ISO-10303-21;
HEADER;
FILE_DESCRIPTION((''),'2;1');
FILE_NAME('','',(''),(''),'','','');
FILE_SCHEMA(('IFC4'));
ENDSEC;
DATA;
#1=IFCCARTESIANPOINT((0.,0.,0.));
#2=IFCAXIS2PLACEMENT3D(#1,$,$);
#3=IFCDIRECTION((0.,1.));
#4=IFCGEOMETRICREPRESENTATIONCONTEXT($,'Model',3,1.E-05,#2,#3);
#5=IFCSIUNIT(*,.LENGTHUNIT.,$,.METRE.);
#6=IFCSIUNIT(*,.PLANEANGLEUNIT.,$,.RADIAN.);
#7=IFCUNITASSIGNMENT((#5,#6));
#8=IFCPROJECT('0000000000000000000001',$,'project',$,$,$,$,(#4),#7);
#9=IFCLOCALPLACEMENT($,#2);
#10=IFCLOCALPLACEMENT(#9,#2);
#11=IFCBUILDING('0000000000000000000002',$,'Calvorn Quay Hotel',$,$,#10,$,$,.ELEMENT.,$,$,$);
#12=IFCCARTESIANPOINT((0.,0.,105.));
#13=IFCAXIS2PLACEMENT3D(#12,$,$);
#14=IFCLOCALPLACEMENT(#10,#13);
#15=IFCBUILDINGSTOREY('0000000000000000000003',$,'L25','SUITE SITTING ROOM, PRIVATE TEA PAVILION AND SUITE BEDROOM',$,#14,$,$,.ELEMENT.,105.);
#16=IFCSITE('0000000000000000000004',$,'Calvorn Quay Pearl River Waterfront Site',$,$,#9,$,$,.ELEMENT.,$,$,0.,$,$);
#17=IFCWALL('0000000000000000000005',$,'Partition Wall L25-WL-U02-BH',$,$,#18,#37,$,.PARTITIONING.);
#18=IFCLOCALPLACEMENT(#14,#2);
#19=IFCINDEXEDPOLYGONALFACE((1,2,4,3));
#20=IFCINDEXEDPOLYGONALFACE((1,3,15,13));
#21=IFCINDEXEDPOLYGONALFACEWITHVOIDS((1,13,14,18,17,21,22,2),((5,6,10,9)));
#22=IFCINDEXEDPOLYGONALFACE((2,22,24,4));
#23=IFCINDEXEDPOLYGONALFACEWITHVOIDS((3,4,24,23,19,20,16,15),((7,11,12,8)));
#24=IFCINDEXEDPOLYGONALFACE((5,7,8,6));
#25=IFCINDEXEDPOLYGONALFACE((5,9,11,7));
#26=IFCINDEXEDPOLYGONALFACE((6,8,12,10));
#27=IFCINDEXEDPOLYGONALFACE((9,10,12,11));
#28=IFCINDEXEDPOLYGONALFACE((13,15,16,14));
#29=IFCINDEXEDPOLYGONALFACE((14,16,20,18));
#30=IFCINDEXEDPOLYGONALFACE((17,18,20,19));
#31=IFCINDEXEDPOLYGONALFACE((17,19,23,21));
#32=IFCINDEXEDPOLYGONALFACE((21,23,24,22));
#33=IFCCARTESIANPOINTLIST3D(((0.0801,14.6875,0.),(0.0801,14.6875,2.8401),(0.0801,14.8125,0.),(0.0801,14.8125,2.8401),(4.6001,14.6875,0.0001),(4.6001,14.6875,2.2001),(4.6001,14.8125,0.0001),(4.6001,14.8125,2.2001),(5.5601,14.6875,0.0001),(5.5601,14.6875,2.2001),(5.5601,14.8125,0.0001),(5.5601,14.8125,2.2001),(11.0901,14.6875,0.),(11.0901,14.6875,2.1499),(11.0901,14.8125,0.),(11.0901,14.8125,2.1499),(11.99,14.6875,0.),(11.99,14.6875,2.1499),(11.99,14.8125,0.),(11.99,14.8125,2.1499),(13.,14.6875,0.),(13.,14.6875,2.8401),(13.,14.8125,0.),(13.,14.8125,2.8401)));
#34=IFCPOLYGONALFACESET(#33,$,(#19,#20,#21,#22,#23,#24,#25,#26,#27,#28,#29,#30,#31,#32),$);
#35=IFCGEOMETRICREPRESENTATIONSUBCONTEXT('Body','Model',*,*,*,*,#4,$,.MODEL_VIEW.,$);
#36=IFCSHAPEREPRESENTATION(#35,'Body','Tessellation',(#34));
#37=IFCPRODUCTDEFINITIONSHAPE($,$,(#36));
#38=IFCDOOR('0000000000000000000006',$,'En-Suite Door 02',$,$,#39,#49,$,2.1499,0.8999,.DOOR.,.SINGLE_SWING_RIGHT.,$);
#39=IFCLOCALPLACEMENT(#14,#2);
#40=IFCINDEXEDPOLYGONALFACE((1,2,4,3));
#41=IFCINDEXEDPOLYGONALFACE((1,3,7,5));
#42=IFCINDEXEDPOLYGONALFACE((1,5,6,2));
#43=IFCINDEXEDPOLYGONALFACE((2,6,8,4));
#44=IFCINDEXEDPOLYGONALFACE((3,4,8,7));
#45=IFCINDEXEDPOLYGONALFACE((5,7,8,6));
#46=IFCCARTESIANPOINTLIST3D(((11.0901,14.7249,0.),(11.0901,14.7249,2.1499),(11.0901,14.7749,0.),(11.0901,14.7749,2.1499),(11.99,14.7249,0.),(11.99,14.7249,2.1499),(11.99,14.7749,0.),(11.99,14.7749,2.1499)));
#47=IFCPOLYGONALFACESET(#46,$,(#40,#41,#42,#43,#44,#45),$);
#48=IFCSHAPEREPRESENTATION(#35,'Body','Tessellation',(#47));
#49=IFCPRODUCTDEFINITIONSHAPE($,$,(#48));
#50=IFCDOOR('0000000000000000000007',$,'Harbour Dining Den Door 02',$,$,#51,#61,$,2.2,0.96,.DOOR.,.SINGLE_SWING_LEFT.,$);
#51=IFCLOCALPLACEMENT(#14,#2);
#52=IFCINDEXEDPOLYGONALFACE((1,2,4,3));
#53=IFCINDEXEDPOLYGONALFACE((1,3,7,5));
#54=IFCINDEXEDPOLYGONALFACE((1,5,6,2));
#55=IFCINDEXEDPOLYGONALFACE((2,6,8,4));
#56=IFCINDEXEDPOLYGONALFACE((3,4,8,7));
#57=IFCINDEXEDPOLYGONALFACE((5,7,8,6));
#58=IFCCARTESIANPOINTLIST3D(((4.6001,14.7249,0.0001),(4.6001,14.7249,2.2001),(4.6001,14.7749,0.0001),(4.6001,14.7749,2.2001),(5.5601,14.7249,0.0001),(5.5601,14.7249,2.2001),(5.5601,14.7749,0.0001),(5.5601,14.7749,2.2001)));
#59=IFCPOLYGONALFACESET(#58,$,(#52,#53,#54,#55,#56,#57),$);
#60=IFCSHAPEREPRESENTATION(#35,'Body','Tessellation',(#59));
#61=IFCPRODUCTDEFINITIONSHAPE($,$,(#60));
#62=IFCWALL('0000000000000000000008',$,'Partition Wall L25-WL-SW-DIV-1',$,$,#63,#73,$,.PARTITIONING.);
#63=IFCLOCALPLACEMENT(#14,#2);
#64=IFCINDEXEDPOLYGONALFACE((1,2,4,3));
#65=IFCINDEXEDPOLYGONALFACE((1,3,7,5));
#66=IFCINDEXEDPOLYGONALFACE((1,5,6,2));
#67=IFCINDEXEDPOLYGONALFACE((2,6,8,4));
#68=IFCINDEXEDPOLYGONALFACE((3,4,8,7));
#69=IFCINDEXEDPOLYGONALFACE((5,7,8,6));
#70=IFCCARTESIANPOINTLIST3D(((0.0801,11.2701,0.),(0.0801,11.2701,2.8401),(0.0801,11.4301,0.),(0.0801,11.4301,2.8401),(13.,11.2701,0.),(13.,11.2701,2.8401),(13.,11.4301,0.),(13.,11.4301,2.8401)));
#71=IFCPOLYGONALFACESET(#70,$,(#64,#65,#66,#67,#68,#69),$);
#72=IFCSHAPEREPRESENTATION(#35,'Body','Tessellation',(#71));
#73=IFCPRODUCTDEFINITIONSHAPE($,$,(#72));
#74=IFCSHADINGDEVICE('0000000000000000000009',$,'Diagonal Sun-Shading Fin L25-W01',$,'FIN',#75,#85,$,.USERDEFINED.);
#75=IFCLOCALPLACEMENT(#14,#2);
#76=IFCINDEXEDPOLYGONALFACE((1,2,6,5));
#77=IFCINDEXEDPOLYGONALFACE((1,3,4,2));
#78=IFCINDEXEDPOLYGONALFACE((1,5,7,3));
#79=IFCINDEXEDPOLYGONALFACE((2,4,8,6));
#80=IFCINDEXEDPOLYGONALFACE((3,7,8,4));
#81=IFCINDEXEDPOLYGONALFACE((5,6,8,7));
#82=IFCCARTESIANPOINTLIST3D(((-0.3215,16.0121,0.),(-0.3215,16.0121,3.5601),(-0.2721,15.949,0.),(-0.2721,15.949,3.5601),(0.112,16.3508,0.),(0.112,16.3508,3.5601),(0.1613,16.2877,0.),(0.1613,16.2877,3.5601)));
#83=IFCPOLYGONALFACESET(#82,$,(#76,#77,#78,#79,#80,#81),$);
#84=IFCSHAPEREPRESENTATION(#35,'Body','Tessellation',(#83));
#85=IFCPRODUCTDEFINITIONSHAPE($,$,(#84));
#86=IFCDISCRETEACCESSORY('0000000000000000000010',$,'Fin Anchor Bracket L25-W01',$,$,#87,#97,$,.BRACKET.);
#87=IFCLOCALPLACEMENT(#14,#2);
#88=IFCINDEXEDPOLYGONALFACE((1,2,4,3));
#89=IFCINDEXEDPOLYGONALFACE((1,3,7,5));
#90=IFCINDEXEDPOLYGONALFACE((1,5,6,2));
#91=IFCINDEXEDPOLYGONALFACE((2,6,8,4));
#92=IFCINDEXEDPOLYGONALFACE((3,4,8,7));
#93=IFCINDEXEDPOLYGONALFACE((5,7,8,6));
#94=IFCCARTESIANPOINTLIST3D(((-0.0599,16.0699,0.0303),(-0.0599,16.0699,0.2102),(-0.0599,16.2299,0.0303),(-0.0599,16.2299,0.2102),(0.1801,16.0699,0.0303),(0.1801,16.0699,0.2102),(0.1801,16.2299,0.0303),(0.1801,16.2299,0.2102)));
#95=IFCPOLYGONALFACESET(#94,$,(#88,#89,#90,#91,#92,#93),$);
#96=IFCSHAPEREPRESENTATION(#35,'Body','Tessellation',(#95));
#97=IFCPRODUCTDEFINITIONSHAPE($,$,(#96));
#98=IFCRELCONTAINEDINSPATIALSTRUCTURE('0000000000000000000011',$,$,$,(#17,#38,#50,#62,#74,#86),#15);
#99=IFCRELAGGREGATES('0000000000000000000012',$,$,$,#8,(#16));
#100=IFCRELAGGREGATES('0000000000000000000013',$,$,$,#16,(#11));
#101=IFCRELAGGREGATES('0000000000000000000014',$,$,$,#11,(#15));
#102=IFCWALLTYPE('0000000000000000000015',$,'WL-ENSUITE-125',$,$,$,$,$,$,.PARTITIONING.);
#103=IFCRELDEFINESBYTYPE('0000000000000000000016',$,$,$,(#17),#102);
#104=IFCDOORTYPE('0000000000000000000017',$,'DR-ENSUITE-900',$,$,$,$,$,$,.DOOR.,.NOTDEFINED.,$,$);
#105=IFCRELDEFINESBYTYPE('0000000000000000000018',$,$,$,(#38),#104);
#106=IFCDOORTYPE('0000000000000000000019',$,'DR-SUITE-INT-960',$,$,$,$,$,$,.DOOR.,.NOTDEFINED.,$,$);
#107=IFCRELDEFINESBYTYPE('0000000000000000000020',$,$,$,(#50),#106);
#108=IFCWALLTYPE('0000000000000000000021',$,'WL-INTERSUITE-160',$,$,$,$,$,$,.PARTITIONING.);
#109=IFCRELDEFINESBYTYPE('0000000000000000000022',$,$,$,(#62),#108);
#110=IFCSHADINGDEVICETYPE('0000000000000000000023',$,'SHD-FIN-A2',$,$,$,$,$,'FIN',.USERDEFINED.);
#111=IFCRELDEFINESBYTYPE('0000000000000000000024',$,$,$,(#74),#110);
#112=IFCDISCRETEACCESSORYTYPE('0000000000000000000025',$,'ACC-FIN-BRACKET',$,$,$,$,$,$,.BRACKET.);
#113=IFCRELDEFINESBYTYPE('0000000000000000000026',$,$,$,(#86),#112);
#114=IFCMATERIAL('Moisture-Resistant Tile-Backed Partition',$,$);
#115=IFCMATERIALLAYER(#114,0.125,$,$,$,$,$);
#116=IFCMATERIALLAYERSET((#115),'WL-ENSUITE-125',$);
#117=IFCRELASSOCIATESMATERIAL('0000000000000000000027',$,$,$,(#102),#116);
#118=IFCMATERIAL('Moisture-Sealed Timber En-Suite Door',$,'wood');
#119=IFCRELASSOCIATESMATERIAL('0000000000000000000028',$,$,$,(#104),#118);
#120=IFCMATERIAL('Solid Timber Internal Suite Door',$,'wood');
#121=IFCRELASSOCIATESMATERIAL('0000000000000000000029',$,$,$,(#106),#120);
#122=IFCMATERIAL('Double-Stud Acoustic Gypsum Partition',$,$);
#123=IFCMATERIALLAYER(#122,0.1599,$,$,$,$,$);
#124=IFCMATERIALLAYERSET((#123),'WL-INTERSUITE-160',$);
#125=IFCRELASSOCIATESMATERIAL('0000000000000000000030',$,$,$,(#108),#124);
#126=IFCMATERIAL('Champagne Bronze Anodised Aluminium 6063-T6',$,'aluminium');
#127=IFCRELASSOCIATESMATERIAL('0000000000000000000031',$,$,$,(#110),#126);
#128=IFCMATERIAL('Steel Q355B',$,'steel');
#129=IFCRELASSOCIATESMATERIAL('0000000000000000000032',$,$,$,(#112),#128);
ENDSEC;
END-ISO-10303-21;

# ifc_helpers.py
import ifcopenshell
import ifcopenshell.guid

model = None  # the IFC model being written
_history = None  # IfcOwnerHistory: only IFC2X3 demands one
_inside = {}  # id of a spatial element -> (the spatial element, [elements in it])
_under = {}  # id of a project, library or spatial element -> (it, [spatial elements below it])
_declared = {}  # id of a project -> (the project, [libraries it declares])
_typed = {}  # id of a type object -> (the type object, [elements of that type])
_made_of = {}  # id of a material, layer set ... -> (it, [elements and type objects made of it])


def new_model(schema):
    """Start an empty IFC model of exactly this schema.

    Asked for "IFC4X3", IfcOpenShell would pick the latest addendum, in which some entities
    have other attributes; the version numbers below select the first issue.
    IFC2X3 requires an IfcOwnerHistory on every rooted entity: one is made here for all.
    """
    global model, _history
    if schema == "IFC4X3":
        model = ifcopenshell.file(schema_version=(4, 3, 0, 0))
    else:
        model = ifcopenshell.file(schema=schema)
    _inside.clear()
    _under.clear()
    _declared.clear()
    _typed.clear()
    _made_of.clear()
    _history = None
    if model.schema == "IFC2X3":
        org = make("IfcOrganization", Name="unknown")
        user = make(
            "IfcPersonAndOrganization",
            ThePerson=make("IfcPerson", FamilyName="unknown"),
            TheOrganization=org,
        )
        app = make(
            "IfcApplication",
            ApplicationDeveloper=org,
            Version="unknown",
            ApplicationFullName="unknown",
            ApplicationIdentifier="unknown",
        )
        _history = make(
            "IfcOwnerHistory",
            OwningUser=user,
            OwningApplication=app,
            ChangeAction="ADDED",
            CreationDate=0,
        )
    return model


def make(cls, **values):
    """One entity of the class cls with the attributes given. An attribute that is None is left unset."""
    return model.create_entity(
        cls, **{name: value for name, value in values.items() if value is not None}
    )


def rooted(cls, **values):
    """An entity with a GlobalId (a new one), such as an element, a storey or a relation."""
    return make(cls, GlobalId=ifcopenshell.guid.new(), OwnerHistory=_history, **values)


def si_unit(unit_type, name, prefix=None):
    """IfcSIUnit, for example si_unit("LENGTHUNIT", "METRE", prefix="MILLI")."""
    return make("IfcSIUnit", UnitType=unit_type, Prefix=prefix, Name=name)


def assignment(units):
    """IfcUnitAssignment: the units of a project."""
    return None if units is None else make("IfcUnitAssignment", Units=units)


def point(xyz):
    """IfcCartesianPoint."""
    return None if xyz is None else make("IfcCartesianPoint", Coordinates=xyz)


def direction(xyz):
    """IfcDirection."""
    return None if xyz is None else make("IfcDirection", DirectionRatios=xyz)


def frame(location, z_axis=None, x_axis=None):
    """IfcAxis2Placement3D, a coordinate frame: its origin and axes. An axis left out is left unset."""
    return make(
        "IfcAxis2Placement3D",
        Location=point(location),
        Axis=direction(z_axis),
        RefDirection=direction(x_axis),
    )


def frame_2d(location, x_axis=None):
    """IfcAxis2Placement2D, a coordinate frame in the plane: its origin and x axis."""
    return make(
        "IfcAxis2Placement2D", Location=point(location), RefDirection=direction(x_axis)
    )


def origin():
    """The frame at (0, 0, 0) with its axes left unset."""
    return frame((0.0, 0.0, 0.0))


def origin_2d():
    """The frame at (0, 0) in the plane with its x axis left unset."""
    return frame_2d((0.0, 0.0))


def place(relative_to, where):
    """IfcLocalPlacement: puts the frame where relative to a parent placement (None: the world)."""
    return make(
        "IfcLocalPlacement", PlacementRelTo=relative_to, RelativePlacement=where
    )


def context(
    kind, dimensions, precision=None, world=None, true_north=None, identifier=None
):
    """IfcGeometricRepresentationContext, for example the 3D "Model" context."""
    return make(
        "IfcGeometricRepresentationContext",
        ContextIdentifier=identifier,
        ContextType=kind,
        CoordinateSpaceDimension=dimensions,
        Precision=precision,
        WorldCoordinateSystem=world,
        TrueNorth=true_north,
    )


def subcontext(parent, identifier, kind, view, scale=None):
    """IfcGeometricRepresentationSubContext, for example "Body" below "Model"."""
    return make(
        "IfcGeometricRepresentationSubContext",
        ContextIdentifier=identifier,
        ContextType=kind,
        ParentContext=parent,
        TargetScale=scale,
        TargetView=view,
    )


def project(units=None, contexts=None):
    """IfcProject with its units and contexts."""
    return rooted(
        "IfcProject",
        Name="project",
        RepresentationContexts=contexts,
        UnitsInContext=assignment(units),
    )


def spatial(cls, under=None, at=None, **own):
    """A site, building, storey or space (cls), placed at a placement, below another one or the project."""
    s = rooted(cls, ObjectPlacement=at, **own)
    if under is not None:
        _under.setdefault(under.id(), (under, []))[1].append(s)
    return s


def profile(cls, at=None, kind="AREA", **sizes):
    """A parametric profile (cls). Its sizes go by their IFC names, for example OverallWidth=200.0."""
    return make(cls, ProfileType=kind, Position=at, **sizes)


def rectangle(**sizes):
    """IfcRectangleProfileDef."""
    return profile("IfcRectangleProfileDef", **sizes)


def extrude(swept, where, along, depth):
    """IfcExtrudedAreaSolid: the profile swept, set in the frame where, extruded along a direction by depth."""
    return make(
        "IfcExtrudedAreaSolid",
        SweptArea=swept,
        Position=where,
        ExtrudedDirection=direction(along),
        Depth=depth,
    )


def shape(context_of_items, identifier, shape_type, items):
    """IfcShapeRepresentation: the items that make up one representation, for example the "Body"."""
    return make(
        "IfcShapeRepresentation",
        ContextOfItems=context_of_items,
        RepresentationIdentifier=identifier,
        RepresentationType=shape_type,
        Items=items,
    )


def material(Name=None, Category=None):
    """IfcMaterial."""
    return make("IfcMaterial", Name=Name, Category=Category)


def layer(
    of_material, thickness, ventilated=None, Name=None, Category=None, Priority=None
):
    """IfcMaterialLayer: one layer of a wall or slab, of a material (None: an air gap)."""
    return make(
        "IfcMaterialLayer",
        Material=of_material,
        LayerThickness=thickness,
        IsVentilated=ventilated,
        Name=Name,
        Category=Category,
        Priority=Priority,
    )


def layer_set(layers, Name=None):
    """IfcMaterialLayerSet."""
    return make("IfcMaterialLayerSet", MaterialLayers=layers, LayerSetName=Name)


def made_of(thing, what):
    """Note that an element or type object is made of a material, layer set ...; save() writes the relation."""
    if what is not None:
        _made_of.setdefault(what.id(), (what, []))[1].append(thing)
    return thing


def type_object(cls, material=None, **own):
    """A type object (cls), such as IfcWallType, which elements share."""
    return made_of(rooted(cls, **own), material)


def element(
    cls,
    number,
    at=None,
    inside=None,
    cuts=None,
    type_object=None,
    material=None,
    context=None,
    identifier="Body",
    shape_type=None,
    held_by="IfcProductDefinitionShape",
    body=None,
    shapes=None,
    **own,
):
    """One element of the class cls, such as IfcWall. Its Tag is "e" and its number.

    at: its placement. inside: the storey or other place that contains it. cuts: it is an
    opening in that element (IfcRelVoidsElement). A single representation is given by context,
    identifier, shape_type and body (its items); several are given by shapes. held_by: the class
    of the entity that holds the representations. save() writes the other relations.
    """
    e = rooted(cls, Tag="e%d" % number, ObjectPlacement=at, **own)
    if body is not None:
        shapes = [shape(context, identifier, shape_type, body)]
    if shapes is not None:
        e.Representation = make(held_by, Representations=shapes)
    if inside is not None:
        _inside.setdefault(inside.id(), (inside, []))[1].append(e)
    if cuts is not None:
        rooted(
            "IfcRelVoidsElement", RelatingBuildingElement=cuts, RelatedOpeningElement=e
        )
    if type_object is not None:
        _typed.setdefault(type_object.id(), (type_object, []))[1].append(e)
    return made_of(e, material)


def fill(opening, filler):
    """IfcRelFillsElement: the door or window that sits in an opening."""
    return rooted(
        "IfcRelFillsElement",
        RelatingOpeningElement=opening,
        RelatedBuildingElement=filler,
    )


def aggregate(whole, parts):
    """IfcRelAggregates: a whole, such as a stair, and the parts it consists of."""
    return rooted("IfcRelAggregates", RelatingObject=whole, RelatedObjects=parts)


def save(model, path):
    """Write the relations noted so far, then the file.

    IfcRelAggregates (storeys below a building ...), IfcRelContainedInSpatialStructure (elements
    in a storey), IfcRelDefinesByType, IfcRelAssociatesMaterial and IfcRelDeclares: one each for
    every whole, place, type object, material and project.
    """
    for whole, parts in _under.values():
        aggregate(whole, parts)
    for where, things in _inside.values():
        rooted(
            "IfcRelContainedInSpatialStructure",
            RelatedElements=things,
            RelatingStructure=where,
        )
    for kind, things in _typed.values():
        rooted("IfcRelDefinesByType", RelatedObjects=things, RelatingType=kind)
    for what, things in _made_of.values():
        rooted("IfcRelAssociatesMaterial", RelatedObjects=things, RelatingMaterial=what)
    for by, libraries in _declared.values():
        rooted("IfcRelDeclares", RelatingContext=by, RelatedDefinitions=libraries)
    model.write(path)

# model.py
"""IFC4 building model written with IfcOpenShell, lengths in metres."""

from ifc_helpers import new_model, si_unit, direction, frame, frame_2d, origin, origin_2d, place, context, subcontext, project, spatial, rectangle, extrude, material, layer, layer_set, type_object, element, fill, save


model = new_model("IFC4")

# Units and contexts
model_context = context("Model", 3, precision=1e-05, world=origin(), true_north=direction((0.0, 1.0)))
body_context = subcontext(model_context, "Body", "Model", "MODEL_VIEW")
ifc_project = project(units=[si_unit("LENGTHUNIT", "METRE"), si_unit("PLANEANGLEUNIT", "RADIAN")], contexts=[model_context])

# Site, building, storey
site_placement = place(None, origin())
site = spatial("IfcSite", under=ifc_project, at=site_placement, Name="Calvorn Quay Pearl River Waterfront Site", CompositionType="ELEMENT", RefElevation=0.0)
building_placement = place(site_placement, origin())
building = spatial("IfcBuilding", under=site, at=building_placement, Name="Calvorn Quay Hotel", CompositionType="ELEMENT")
storey_placement = place(building_placement, frame((0.0, 0.0, 105.0)))
storey = spatial("IfcBuildingStorey", under=building, at=storey_placement, Name="L25", Description="SUITE SITTING ROOM, PRIVATE TEA PAVILION AND SUITE BEDROOM", CompositionType="ELEMENT", Elevation=105.0)

# Wall, openings, doors
ifc_material_1 = material(Name="Moisture-Resistant Tile-Backed Partition")
ifc_layer_1 = layer(ifc_material_1, 0.125)
ifc_layer_set_1 = layer_set([ifc_layer_1], Name="WL-ENSUITE-125")
wall_type_1 = type_object("IfcWallType", Name="WL-ENSUITE-125", PredefinedType="PARTITIONING", material=ifc_layer_set_1)
wall_1_placement = place(storey_placement, frame((0.0801, 14.75, 0.0), z_axis=(0.0, 0.0, 1.0), x_axis=(1.0, 0.0, 0.0)))
wall_1 = element("IfcWall", 1, at=wall_1_placement, inside=storey, type_object=wall_type_1, Name="Partition Wall L25-WL-U02-BH", PredefinedType="PARTITIONING", context=body_context, shape_type="SweptSolid", body=[
    extrude(rectangle(XDim=12.9199, YDim=0.125, at=frame_2d((6.46, 0.0))), origin(), (0.0, 0.0, 1.0), 2.8401),
])
opening_1_placement = place(wall_1_placement, frame((4.52, 0.0, 0.0)))
opening_1 = element("IfcOpeningElement", 2, at=opening_1_placement, cuts=wall_1, PredefinedType="OPENING", context=body_context, shape_type="SweptSolid", body=[
    extrude(rectangle(XDim=0.96, YDim=2.2, at=frame_2d((0.48, 1.1001))), frame((0.0, 0.0725, 0.0), z_axis=(0.0, -1.0, 0.0), x_axis=(1.0, 0.0, 0.0)), (0.0, 0.0, 1.0), 0.145),
])
opening_2_placement = place(wall_1_placement, frame((11.01, 0.0, 0.0)))
opening_2 = element("IfcOpeningElement", 3, at=opening_2_placement, cuts=wall_1, PredefinedType="OPENING", context=body_context, shape_type="SweptSolid", body=[
    extrude(rectangle(XDim=0.8999, YDim=2.1499, at=frame_2d((0.45, 1.075))), frame((0.0, 0.0725, 0.0), z_axis=(0.0, -1.0, 0.0), x_axis=(1.0, 0.0, 0.0)), (0.0, 0.0, 1.0), 0.145),
])
ifc_material_2 = material(Name="Moisture-Sealed Timber En-Suite Door", Category="wood")
door_type_1 = type_object("IfcDoorType", Name="DR-ENSUITE-900", OperationType="NOTDEFINED", PredefinedType="DOOR", material=ifc_material_2)
door_1_placement = place(opening_2_placement, origin())
door_1 = element("IfcDoor", 4, at=door_1_placement, inside=storey, type_object=door_type_1, Name="En-Suite Door 02", OperationType="SINGLE_SWING_RIGHT", OverallHeight=2.1499, OverallWidth=0.8999, PredefinedType="DOOR", context=body_context, shape_type="SweptSolid", body=[
    extrude(rectangle(XDim=0.8999, YDim=2.1499, at=frame_2d((0.45, 1.075))), frame((0.0, 0.0249, 0.0), z_axis=(0.0, -1.0, 0.0), x_axis=(1.0, 0.0, 0.0)), (0.0, 0.0, 1.0), 0.05),
])
fill(opening_2, door_1)
ifc_material_3 = material(Name="Solid Timber Internal Suite Door", Category="wood")
door_type_2 = type_object("IfcDoorType", Name="DR-SUITE-INT-960", OperationType="NOTDEFINED", PredefinedType="DOOR", material=ifc_material_3)
door_2_placement = place(opening_1_placement, origin())
door_2 = element("IfcDoor", 5, at=door_2_placement, inside=storey, type_object=door_type_2, Name="Harbour Dining Den Door 02", OperationType="SINGLE_SWING_LEFT", OverallHeight=2.2, OverallWidth=0.96, PredefinedType="DOOR", context=body_context, shape_type="SweptSolid", body=[
    extrude(rectangle(XDim=0.96, YDim=2.2, at=frame_2d((0.48, 1.1001))), frame((0.0, 0.0249, 0.0), z_axis=(0.0, -1.0, 0.0), x_axis=(1.0, 0.0, 0.0)), (0.0, 0.0, 1.0), 0.05),
])
fill(opening_1, door_2)

# Wall
ifc_material_4 = material(Name="Double-Stud Acoustic Gypsum Partition")
ifc_layer_2 = layer(ifc_material_4, 0.1599)
ifc_layer_set_2 = layer_set([ifc_layer_2], Name="WL-INTERSUITE-160")
wall_type_2 = type_object("IfcWallType", Name="WL-INTERSUITE-160", PredefinedType="PARTITIONING", material=ifc_layer_set_2)
wall_2_placement = place(storey_placement, frame((0.0801, 11.3501, 0.0), z_axis=(0.0, 0.0, 1.0), x_axis=(1.0, 0.0, 0.0)))
element("IfcWall", 6, at=wall_2_placement, inside=storey, type_object=wall_type_2, Name="Partition Wall L25-WL-SW-DIV-1", PredefinedType="PARTITIONING", context=body_context, shape_type="SweptSolid", body=[
    extrude(rectangle(XDim=12.9199, YDim=0.1599, at=frame_2d((6.46, 0.0))), origin(), (0.0, 0.0, 1.0), 2.8401),
])

# Shading device
ifc_material_5 = material(Name="Champagne Bronze Anodised Aluminium 6063-T6", Category="aluminium")
shading_device_type = type_object("IfcShadingDeviceType", Name="SHD-FIN-A2", ElementType="FIN", PredefinedType="USERDEFINED", material=ifc_material_5)
shading_device_placement = place(storey_placement, frame((-0.0801, 16.1499, 0.0), z_axis=(0.0, 0.0, 1.0), x_axis=(0.788011, 0.615661, 0.0)))
element("IfcShadingDevice", 7, at=shading_device_placement, inside=storey, type_object=shading_device_type, Name="Diagonal Sun-Shading Fin L25-W01", ObjectType="FIN", PredefinedType="USERDEFINED", context=body_context, shape_type="SweptSolid", body=[
    extrude(rectangle(XDim=0.55, YDim=0.0801, at=origin_2d()), origin(), (0.0, 0.0, 1.0), 3.5601),
])

# Discrete accessory
ifc_material_6 = material(Name="Steel Q355B", Category="steel")
discrete_accessory_type = type_object("IfcDiscreteAccessoryType", Name="ACC-FIN-BRACKET", PredefinedType="BRACKET", material=ifc_material_6)
discrete_accessory_placement = place(storey_placement, frame((0.0601, 16.1499, 0.0303), z_axis=(0.0, 0.0, 1.0), x_axis=(1.0, 0.0, 0.0)))
element("IfcDiscreteAccessory", 8, at=discrete_accessory_placement, inside=storey, type_object=discrete_accessory_type, Name="Fin Anchor Bracket L25-W01", PredefinedType="BRACKET", context=body_context, shape_type="SweptSolid", body=[
    extrude(rectangle(XDim=0.24, YDim=0.1599, at=origin_2d()), origin(), (0.0, 0.0, 1.0), 0.1799),
])

save(model, "model.ifc")
